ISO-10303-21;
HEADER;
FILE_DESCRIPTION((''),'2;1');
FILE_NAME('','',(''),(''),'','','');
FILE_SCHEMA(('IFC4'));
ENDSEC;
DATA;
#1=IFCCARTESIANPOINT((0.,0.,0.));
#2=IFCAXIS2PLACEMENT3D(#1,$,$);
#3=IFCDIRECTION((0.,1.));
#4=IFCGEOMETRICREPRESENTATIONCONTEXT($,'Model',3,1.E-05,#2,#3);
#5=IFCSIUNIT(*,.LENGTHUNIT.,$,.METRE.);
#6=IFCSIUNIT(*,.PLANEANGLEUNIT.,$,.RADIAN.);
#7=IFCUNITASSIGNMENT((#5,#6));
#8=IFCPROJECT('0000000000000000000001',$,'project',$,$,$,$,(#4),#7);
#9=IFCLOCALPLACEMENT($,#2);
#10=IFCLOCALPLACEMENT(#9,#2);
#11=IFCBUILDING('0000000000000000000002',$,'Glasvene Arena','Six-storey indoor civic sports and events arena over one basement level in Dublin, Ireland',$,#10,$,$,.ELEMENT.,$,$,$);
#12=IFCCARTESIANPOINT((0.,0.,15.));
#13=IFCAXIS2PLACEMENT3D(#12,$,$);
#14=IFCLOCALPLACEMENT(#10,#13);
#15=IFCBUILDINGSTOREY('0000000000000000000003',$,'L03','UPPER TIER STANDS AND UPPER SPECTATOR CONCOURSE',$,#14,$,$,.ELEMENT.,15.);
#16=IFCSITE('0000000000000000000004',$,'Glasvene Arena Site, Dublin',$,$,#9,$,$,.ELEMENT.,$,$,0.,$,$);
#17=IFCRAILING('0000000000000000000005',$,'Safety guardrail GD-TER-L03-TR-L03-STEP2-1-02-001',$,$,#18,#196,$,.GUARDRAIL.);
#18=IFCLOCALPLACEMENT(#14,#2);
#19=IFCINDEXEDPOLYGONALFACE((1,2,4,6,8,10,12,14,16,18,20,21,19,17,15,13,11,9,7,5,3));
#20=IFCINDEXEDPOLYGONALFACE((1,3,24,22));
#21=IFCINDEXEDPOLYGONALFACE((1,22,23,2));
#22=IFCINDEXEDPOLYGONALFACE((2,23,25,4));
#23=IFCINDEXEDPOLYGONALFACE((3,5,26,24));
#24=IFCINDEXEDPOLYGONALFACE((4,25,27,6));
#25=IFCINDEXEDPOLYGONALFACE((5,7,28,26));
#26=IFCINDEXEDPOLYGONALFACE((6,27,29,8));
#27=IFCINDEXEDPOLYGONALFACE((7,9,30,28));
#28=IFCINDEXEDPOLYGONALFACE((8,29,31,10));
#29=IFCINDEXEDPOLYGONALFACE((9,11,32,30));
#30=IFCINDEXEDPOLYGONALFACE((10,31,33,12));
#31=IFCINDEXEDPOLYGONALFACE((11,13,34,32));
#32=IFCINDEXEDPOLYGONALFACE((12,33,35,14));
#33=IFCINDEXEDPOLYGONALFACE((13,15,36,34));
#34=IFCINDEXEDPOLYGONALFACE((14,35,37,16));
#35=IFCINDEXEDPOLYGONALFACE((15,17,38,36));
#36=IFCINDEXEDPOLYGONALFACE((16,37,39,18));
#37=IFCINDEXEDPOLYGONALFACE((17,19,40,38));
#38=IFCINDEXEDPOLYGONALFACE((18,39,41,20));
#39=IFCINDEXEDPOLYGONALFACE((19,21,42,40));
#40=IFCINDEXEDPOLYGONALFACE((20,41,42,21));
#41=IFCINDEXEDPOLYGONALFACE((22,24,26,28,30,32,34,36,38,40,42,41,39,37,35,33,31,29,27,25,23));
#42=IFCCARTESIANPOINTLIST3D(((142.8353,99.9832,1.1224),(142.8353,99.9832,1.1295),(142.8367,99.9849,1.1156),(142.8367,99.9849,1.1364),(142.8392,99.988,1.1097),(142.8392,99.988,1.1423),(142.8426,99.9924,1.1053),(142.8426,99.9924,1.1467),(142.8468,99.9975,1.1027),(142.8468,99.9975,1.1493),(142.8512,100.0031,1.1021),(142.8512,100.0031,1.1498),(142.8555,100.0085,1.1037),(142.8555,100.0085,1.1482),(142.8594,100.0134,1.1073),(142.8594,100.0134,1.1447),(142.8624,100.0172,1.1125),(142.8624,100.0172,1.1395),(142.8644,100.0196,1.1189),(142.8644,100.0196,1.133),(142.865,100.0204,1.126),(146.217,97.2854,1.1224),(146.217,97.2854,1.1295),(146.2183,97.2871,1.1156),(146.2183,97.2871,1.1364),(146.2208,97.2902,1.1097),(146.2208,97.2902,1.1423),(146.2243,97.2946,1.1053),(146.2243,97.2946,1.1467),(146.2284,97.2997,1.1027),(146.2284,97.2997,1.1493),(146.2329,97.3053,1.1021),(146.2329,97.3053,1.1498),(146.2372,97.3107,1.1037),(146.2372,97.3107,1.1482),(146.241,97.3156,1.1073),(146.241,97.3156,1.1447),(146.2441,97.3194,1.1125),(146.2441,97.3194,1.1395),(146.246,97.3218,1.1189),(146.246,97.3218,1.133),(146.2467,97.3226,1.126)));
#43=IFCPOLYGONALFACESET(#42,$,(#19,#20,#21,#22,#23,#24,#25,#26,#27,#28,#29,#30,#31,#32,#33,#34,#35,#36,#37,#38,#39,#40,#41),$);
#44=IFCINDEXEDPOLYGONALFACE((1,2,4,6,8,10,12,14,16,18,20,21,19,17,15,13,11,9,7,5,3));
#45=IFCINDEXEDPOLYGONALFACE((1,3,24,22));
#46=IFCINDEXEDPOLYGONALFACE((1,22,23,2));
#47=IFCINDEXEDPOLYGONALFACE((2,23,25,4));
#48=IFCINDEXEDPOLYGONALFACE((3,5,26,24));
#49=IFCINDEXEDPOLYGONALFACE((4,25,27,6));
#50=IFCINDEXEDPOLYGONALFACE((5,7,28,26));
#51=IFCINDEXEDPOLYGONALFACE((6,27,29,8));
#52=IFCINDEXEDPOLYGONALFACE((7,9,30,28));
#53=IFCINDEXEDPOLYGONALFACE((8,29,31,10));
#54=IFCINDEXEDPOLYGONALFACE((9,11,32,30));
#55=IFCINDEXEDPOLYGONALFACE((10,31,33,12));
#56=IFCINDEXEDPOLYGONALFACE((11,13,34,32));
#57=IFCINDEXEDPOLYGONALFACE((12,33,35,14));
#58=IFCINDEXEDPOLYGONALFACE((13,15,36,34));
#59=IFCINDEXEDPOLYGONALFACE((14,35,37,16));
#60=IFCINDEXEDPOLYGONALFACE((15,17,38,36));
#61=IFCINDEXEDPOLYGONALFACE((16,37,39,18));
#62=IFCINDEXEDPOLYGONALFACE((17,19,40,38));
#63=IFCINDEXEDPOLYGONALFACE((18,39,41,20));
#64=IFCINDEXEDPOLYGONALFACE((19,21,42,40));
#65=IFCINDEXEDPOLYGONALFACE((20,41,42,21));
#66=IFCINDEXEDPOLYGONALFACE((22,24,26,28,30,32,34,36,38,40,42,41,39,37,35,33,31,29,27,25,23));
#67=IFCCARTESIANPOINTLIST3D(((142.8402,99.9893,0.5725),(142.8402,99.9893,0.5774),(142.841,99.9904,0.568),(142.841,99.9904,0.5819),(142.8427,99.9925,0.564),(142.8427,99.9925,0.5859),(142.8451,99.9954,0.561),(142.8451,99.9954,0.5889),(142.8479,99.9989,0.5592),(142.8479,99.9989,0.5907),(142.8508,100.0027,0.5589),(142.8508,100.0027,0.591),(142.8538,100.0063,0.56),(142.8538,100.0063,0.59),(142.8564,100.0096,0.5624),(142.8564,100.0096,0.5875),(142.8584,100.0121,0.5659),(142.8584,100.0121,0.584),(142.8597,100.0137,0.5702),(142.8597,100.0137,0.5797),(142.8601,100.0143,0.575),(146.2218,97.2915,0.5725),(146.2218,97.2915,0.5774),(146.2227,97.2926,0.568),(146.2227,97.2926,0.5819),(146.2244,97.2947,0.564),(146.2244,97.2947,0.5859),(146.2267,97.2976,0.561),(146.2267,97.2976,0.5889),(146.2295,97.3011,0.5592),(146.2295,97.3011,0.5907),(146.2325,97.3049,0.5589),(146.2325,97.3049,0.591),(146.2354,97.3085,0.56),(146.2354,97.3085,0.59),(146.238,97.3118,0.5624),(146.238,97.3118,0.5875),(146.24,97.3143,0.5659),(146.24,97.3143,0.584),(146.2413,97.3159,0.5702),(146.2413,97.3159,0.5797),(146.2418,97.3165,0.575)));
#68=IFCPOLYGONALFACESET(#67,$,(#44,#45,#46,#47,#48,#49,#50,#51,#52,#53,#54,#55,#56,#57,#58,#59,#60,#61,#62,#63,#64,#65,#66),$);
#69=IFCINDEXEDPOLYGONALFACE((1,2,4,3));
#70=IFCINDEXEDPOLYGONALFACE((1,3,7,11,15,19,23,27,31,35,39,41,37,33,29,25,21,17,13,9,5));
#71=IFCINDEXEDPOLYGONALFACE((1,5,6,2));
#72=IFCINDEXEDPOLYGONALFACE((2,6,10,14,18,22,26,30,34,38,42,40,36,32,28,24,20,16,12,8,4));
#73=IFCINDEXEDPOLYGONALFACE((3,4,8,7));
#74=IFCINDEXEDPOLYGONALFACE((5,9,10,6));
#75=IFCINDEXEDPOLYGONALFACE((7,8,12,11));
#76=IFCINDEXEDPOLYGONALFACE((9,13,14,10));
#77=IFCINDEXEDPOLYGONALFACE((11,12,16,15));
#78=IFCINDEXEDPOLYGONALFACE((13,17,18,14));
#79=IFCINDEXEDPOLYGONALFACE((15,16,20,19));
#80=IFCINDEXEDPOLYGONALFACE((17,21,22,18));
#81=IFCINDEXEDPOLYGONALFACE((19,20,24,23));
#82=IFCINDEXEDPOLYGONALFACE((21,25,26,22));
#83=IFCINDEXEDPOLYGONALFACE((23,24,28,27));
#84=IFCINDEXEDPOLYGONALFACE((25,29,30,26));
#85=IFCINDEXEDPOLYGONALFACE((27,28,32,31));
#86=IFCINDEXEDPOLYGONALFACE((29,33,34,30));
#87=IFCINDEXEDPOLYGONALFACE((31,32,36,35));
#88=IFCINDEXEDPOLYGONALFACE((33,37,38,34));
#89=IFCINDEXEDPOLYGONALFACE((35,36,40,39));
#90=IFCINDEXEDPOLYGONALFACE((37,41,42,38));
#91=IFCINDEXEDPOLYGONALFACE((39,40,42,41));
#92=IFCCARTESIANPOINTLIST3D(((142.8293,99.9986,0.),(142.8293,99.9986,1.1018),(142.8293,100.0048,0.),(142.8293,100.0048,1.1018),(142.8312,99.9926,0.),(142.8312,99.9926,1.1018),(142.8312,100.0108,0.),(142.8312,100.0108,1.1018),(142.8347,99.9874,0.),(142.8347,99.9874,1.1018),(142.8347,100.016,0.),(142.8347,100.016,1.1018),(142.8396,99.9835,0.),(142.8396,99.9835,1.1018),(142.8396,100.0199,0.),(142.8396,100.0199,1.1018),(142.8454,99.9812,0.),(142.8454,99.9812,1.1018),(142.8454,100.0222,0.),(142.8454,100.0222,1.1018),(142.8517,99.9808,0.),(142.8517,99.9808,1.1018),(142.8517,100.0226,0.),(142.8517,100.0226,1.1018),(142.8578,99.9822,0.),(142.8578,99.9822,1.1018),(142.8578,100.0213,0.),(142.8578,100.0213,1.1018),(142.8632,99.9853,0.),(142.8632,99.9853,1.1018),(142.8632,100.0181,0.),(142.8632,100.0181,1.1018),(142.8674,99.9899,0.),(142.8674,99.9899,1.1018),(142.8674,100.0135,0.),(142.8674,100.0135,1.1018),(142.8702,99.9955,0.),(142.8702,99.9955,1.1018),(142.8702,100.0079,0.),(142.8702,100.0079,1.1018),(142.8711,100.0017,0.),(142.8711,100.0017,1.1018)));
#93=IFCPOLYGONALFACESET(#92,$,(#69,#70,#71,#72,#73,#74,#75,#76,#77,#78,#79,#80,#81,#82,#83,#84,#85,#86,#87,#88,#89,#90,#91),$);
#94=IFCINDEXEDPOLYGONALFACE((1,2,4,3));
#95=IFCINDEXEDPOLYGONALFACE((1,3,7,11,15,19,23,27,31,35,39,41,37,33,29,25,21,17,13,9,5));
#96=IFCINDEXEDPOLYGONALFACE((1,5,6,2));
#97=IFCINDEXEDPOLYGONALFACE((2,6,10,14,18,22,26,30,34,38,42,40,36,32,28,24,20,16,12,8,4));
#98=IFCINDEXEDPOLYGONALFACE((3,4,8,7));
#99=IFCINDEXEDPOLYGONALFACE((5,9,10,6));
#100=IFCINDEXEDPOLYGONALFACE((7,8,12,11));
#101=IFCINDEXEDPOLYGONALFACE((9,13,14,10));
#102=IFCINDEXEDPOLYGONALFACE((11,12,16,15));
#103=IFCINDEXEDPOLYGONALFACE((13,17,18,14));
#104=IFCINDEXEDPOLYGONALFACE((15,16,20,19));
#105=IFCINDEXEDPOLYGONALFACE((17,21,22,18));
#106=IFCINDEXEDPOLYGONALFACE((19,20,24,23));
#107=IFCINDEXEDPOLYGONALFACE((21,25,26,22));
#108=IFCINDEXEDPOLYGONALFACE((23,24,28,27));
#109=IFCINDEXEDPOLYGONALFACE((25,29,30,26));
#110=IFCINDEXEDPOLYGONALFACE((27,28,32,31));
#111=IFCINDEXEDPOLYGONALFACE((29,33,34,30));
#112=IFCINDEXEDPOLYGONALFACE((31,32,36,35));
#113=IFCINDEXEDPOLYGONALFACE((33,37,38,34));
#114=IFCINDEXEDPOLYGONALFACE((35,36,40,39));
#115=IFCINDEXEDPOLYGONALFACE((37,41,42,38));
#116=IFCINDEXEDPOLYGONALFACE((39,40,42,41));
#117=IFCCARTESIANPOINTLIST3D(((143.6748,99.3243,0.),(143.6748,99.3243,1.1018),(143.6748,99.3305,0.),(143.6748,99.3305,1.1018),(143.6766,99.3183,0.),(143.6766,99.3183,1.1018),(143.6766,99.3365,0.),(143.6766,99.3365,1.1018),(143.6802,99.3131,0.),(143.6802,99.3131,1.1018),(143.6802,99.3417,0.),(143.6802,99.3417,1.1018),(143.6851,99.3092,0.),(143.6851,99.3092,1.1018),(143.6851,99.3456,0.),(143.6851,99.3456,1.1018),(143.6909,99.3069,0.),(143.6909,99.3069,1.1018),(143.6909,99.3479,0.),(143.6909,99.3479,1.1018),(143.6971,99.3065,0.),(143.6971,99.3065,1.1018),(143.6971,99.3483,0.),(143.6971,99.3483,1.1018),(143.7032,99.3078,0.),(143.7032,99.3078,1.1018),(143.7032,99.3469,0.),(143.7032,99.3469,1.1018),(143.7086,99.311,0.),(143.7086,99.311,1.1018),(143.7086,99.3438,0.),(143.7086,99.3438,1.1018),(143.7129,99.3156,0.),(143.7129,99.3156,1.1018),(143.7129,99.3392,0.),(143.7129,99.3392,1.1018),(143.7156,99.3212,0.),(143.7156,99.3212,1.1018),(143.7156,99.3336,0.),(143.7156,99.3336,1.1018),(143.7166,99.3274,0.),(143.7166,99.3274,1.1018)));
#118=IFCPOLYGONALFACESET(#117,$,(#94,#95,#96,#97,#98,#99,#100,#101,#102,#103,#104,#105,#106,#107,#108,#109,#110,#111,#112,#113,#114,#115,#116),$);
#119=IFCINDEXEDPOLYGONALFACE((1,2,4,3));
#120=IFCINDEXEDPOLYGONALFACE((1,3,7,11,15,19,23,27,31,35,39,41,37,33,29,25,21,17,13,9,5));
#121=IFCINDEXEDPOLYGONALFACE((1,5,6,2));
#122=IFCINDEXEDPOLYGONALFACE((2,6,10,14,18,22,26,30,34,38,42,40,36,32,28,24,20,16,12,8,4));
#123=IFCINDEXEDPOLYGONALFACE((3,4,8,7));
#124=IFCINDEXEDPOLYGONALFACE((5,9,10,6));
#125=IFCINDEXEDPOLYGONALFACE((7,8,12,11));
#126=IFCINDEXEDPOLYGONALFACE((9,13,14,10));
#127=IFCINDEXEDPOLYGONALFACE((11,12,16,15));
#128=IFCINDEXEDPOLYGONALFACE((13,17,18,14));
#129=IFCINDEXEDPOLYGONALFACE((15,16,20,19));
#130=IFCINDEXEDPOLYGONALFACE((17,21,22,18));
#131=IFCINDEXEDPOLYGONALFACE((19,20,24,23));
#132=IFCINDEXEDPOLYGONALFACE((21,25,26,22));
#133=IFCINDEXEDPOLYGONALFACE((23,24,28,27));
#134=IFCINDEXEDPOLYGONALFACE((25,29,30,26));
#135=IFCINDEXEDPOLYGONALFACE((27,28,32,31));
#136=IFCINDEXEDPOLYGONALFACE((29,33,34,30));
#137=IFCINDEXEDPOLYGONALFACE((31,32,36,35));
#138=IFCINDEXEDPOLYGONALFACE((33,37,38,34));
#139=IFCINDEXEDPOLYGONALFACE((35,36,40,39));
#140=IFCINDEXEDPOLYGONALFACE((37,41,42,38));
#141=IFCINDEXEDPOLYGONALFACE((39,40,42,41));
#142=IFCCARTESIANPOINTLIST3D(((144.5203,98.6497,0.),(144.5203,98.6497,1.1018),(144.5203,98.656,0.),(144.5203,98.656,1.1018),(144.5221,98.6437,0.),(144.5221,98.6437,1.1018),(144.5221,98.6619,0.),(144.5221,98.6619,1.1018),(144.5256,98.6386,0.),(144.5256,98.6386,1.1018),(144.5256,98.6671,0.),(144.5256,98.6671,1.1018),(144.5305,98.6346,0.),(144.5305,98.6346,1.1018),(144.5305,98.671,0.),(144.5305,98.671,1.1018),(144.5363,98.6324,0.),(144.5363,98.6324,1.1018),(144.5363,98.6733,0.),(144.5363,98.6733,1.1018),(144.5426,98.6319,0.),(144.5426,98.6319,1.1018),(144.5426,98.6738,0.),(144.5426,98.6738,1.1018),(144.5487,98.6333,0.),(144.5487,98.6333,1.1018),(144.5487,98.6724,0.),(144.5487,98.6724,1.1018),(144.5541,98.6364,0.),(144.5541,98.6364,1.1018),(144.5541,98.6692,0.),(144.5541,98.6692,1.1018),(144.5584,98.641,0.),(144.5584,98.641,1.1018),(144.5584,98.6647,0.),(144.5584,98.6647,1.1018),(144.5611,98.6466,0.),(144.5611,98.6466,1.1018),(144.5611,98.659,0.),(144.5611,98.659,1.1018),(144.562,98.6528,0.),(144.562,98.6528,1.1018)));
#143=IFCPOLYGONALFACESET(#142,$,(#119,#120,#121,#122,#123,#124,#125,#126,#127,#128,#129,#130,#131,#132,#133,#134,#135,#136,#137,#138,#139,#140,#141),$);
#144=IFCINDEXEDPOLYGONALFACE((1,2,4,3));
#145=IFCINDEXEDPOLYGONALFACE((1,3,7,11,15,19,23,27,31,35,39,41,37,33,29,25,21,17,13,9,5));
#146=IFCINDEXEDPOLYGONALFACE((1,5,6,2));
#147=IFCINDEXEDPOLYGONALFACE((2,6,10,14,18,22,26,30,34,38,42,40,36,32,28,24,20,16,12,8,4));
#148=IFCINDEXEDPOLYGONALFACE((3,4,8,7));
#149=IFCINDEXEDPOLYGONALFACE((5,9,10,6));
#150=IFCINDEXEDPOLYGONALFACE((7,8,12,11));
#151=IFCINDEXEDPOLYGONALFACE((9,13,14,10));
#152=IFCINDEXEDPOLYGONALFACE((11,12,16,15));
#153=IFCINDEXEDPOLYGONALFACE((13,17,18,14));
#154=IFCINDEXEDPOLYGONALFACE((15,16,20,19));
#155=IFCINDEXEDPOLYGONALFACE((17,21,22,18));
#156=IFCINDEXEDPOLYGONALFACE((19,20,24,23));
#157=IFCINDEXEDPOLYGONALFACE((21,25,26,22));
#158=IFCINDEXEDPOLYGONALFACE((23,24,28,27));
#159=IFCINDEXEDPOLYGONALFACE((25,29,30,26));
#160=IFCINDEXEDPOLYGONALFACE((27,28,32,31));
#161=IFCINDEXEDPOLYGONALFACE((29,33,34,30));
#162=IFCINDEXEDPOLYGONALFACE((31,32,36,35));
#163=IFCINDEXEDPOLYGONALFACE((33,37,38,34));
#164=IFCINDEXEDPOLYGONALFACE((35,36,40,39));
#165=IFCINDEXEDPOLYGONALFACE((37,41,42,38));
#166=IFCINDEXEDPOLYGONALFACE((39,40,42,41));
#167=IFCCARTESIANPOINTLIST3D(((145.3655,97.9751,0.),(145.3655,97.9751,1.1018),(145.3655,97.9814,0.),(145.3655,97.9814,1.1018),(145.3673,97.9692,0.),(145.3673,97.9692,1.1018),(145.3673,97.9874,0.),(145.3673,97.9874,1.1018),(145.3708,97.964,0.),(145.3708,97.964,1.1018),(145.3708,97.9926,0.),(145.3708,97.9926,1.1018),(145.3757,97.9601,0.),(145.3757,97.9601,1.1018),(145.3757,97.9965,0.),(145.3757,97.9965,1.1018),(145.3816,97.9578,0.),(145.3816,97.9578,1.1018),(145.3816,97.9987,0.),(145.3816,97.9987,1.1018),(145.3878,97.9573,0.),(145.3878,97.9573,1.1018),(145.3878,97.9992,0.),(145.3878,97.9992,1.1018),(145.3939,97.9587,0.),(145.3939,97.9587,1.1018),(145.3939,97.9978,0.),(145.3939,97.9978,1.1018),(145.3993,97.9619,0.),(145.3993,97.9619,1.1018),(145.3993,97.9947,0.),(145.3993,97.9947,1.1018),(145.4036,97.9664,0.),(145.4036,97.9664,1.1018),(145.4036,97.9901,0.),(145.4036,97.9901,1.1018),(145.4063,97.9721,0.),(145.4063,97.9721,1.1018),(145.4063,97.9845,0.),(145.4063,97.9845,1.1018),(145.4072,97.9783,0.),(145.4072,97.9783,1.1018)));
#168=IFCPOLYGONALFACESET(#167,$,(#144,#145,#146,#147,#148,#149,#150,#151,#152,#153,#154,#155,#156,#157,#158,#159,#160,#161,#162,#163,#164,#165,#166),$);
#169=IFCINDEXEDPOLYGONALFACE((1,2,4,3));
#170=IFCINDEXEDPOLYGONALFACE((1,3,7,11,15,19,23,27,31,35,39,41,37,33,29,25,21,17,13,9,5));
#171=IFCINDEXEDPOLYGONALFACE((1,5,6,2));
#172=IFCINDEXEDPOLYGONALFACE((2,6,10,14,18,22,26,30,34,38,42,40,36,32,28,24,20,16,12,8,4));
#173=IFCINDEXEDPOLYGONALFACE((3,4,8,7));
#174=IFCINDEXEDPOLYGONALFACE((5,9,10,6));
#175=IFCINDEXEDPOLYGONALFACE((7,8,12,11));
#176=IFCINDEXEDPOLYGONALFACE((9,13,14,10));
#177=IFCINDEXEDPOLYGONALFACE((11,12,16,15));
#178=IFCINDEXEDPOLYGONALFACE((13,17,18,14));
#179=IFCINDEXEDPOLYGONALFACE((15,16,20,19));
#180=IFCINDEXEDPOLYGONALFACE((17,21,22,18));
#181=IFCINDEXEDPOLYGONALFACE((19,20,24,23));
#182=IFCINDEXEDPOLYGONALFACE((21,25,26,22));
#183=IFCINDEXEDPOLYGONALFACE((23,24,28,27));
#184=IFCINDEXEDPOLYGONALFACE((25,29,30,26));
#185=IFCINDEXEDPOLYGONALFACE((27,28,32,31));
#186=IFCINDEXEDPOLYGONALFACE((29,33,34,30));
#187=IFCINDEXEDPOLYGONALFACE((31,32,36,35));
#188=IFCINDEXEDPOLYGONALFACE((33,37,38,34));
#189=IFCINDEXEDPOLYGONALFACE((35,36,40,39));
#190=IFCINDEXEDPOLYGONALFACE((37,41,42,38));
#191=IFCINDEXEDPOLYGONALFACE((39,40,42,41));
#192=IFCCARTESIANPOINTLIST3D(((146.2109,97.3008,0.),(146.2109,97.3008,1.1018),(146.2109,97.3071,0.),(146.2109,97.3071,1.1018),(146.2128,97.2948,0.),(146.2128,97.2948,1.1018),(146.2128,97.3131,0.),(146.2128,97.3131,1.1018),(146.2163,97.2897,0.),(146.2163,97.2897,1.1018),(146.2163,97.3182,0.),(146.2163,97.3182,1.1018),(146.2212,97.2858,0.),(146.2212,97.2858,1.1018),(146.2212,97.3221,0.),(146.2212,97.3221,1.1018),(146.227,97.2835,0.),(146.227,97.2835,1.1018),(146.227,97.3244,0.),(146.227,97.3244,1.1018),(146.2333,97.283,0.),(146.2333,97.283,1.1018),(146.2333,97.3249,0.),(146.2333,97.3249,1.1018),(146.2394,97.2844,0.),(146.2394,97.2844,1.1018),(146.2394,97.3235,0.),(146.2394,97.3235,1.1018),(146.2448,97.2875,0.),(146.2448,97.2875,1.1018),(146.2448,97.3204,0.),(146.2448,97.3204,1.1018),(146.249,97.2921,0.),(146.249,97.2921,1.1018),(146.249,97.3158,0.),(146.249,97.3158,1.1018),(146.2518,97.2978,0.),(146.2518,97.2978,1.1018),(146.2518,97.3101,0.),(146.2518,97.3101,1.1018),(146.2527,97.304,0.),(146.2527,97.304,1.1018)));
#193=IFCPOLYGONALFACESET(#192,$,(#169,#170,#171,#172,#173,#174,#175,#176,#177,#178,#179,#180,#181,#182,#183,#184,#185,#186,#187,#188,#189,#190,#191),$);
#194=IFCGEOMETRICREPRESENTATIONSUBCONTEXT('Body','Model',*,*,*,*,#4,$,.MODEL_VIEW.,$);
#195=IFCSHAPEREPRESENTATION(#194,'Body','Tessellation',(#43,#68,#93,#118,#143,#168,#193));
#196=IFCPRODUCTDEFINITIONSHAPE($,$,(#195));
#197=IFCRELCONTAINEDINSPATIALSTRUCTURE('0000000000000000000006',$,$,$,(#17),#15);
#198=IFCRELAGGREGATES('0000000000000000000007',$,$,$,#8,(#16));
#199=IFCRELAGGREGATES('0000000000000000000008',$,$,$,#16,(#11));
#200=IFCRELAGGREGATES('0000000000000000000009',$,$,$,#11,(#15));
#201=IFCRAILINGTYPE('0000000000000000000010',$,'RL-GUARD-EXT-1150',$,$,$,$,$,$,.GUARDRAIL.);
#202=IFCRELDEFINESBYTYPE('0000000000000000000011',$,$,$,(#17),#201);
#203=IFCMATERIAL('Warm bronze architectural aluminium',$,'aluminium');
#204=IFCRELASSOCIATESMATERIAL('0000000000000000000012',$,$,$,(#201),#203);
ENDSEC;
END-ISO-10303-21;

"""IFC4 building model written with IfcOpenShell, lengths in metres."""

from ifc_helpers import new_model, si_unit, direction, frame, origin, origin_2d, place, context, subcontext, project, spatial, circle, extrude, material, type_object, element, save


model = new_model("IFC4")

# Units and contexts
model_context = context("Model", 3, precision=1e-05, world=origin(), true_north=direction((0.0, 1.0)))
body_context = subcontext(model_context, "Body", "Model", "MODEL_VIEW")
ifc_project = project(units=[si_unit("LENGTHUNIT", "METRE"), si_unit("PLANEANGLEUNIT", "RADIAN")], contexts=[model_context])

# Site, building, storey
site_placement = place(None, origin())
site = spatial("IfcSite", under=ifc_project, at=site_placement, Name="Glasvene Arena Site, Dublin", CompositionType="ELEMENT", RefElevation=0.0)
building_placement = place(site_placement, origin())
building = spatial("IfcBuilding", under=site, at=building_placement, Name="Glasvene Arena", Description="Six-storey indoor civic sports and events arena over one basement level in Dublin, Ireland", CompositionType="ELEMENT")
storey_placement = place(building_placement, frame((0.0, 0.0, 15.0)))
storey = spatial("IfcBuildingStorey", under=building, at=storey_placement, Name="L03", Description="UPPER TIER STANDS AND UPPER SPECTATOR CONCOURSE", CompositionType="ELEMENT", Elevation=15.0)

# Railing
ifc_material_1 = material(Name="Warm bronze architectural aluminium", Category="aluminium")
railing_type = type_object("IfcRailingType", Name="RL-GUARD-EXT-1150", PredefinedType="GUARDRAIL", material=ifc_material_1)
railing_1_placement = place(storey_placement, frame((142.8501, 100.0017, 0.0)))
element("IfcRailing", 1, at=railing_1_placement, inside=storey, type_object=railing_type, Name="Safety guardrail GD-TER-L03-TR-L03-STEP2-1-02-001", PredefinedType="GUARDRAIL", context=body_context, shape_type="SweptSolid", body=[
    extrude(circle(Radius=0.0239, at=origin_2d()), frame((0.0, 0.0, 1.126), z_axis=(0.781716, -0.623635, 0.0), x_axis=(0.623635, 0.781716, 0.0)), (0.0, 0.0, 1.0), 4.3259),
    extrude(circle(Radius=0.0161, at=origin_2d()), frame((0.0, 0.0, 0.575), z_axis=(0.781716, -0.623635, 0.0), x_axis=(0.623635, 0.781716, 0.0)), (0.0, 0.0, 1.0), 4.3259),
    extrude(circle(Radius=0.021, at=origin_2d()), origin(), (0.0, 0.0, 1.0), 1.1018),
    extrude(circle(Radius=0.021, at=origin_2d()), frame((0.8455, -0.6743, 0.0)), (0.0, 0.0, 1.0), 1.1018),
    extrude(circle(Radius=0.021, at=origin_2d()), frame((1.6909, -1.3489, 0.0)), (0.0, 0.0, 1.0), 1.1018),
    extrude(circle(Radius=0.021, at=origin_2d()), frame((2.5361, -2.0234, 0.0)), (0.0, 0.0, 1.0), 1.1018),
    extrude(circle(Radius=0.021, at=origin_2d()), frame((3.3816, -2.6978, 0.0)), (0.0, 0.0, 1.0), 1.1018),
])

save(model, "model.ifc")
